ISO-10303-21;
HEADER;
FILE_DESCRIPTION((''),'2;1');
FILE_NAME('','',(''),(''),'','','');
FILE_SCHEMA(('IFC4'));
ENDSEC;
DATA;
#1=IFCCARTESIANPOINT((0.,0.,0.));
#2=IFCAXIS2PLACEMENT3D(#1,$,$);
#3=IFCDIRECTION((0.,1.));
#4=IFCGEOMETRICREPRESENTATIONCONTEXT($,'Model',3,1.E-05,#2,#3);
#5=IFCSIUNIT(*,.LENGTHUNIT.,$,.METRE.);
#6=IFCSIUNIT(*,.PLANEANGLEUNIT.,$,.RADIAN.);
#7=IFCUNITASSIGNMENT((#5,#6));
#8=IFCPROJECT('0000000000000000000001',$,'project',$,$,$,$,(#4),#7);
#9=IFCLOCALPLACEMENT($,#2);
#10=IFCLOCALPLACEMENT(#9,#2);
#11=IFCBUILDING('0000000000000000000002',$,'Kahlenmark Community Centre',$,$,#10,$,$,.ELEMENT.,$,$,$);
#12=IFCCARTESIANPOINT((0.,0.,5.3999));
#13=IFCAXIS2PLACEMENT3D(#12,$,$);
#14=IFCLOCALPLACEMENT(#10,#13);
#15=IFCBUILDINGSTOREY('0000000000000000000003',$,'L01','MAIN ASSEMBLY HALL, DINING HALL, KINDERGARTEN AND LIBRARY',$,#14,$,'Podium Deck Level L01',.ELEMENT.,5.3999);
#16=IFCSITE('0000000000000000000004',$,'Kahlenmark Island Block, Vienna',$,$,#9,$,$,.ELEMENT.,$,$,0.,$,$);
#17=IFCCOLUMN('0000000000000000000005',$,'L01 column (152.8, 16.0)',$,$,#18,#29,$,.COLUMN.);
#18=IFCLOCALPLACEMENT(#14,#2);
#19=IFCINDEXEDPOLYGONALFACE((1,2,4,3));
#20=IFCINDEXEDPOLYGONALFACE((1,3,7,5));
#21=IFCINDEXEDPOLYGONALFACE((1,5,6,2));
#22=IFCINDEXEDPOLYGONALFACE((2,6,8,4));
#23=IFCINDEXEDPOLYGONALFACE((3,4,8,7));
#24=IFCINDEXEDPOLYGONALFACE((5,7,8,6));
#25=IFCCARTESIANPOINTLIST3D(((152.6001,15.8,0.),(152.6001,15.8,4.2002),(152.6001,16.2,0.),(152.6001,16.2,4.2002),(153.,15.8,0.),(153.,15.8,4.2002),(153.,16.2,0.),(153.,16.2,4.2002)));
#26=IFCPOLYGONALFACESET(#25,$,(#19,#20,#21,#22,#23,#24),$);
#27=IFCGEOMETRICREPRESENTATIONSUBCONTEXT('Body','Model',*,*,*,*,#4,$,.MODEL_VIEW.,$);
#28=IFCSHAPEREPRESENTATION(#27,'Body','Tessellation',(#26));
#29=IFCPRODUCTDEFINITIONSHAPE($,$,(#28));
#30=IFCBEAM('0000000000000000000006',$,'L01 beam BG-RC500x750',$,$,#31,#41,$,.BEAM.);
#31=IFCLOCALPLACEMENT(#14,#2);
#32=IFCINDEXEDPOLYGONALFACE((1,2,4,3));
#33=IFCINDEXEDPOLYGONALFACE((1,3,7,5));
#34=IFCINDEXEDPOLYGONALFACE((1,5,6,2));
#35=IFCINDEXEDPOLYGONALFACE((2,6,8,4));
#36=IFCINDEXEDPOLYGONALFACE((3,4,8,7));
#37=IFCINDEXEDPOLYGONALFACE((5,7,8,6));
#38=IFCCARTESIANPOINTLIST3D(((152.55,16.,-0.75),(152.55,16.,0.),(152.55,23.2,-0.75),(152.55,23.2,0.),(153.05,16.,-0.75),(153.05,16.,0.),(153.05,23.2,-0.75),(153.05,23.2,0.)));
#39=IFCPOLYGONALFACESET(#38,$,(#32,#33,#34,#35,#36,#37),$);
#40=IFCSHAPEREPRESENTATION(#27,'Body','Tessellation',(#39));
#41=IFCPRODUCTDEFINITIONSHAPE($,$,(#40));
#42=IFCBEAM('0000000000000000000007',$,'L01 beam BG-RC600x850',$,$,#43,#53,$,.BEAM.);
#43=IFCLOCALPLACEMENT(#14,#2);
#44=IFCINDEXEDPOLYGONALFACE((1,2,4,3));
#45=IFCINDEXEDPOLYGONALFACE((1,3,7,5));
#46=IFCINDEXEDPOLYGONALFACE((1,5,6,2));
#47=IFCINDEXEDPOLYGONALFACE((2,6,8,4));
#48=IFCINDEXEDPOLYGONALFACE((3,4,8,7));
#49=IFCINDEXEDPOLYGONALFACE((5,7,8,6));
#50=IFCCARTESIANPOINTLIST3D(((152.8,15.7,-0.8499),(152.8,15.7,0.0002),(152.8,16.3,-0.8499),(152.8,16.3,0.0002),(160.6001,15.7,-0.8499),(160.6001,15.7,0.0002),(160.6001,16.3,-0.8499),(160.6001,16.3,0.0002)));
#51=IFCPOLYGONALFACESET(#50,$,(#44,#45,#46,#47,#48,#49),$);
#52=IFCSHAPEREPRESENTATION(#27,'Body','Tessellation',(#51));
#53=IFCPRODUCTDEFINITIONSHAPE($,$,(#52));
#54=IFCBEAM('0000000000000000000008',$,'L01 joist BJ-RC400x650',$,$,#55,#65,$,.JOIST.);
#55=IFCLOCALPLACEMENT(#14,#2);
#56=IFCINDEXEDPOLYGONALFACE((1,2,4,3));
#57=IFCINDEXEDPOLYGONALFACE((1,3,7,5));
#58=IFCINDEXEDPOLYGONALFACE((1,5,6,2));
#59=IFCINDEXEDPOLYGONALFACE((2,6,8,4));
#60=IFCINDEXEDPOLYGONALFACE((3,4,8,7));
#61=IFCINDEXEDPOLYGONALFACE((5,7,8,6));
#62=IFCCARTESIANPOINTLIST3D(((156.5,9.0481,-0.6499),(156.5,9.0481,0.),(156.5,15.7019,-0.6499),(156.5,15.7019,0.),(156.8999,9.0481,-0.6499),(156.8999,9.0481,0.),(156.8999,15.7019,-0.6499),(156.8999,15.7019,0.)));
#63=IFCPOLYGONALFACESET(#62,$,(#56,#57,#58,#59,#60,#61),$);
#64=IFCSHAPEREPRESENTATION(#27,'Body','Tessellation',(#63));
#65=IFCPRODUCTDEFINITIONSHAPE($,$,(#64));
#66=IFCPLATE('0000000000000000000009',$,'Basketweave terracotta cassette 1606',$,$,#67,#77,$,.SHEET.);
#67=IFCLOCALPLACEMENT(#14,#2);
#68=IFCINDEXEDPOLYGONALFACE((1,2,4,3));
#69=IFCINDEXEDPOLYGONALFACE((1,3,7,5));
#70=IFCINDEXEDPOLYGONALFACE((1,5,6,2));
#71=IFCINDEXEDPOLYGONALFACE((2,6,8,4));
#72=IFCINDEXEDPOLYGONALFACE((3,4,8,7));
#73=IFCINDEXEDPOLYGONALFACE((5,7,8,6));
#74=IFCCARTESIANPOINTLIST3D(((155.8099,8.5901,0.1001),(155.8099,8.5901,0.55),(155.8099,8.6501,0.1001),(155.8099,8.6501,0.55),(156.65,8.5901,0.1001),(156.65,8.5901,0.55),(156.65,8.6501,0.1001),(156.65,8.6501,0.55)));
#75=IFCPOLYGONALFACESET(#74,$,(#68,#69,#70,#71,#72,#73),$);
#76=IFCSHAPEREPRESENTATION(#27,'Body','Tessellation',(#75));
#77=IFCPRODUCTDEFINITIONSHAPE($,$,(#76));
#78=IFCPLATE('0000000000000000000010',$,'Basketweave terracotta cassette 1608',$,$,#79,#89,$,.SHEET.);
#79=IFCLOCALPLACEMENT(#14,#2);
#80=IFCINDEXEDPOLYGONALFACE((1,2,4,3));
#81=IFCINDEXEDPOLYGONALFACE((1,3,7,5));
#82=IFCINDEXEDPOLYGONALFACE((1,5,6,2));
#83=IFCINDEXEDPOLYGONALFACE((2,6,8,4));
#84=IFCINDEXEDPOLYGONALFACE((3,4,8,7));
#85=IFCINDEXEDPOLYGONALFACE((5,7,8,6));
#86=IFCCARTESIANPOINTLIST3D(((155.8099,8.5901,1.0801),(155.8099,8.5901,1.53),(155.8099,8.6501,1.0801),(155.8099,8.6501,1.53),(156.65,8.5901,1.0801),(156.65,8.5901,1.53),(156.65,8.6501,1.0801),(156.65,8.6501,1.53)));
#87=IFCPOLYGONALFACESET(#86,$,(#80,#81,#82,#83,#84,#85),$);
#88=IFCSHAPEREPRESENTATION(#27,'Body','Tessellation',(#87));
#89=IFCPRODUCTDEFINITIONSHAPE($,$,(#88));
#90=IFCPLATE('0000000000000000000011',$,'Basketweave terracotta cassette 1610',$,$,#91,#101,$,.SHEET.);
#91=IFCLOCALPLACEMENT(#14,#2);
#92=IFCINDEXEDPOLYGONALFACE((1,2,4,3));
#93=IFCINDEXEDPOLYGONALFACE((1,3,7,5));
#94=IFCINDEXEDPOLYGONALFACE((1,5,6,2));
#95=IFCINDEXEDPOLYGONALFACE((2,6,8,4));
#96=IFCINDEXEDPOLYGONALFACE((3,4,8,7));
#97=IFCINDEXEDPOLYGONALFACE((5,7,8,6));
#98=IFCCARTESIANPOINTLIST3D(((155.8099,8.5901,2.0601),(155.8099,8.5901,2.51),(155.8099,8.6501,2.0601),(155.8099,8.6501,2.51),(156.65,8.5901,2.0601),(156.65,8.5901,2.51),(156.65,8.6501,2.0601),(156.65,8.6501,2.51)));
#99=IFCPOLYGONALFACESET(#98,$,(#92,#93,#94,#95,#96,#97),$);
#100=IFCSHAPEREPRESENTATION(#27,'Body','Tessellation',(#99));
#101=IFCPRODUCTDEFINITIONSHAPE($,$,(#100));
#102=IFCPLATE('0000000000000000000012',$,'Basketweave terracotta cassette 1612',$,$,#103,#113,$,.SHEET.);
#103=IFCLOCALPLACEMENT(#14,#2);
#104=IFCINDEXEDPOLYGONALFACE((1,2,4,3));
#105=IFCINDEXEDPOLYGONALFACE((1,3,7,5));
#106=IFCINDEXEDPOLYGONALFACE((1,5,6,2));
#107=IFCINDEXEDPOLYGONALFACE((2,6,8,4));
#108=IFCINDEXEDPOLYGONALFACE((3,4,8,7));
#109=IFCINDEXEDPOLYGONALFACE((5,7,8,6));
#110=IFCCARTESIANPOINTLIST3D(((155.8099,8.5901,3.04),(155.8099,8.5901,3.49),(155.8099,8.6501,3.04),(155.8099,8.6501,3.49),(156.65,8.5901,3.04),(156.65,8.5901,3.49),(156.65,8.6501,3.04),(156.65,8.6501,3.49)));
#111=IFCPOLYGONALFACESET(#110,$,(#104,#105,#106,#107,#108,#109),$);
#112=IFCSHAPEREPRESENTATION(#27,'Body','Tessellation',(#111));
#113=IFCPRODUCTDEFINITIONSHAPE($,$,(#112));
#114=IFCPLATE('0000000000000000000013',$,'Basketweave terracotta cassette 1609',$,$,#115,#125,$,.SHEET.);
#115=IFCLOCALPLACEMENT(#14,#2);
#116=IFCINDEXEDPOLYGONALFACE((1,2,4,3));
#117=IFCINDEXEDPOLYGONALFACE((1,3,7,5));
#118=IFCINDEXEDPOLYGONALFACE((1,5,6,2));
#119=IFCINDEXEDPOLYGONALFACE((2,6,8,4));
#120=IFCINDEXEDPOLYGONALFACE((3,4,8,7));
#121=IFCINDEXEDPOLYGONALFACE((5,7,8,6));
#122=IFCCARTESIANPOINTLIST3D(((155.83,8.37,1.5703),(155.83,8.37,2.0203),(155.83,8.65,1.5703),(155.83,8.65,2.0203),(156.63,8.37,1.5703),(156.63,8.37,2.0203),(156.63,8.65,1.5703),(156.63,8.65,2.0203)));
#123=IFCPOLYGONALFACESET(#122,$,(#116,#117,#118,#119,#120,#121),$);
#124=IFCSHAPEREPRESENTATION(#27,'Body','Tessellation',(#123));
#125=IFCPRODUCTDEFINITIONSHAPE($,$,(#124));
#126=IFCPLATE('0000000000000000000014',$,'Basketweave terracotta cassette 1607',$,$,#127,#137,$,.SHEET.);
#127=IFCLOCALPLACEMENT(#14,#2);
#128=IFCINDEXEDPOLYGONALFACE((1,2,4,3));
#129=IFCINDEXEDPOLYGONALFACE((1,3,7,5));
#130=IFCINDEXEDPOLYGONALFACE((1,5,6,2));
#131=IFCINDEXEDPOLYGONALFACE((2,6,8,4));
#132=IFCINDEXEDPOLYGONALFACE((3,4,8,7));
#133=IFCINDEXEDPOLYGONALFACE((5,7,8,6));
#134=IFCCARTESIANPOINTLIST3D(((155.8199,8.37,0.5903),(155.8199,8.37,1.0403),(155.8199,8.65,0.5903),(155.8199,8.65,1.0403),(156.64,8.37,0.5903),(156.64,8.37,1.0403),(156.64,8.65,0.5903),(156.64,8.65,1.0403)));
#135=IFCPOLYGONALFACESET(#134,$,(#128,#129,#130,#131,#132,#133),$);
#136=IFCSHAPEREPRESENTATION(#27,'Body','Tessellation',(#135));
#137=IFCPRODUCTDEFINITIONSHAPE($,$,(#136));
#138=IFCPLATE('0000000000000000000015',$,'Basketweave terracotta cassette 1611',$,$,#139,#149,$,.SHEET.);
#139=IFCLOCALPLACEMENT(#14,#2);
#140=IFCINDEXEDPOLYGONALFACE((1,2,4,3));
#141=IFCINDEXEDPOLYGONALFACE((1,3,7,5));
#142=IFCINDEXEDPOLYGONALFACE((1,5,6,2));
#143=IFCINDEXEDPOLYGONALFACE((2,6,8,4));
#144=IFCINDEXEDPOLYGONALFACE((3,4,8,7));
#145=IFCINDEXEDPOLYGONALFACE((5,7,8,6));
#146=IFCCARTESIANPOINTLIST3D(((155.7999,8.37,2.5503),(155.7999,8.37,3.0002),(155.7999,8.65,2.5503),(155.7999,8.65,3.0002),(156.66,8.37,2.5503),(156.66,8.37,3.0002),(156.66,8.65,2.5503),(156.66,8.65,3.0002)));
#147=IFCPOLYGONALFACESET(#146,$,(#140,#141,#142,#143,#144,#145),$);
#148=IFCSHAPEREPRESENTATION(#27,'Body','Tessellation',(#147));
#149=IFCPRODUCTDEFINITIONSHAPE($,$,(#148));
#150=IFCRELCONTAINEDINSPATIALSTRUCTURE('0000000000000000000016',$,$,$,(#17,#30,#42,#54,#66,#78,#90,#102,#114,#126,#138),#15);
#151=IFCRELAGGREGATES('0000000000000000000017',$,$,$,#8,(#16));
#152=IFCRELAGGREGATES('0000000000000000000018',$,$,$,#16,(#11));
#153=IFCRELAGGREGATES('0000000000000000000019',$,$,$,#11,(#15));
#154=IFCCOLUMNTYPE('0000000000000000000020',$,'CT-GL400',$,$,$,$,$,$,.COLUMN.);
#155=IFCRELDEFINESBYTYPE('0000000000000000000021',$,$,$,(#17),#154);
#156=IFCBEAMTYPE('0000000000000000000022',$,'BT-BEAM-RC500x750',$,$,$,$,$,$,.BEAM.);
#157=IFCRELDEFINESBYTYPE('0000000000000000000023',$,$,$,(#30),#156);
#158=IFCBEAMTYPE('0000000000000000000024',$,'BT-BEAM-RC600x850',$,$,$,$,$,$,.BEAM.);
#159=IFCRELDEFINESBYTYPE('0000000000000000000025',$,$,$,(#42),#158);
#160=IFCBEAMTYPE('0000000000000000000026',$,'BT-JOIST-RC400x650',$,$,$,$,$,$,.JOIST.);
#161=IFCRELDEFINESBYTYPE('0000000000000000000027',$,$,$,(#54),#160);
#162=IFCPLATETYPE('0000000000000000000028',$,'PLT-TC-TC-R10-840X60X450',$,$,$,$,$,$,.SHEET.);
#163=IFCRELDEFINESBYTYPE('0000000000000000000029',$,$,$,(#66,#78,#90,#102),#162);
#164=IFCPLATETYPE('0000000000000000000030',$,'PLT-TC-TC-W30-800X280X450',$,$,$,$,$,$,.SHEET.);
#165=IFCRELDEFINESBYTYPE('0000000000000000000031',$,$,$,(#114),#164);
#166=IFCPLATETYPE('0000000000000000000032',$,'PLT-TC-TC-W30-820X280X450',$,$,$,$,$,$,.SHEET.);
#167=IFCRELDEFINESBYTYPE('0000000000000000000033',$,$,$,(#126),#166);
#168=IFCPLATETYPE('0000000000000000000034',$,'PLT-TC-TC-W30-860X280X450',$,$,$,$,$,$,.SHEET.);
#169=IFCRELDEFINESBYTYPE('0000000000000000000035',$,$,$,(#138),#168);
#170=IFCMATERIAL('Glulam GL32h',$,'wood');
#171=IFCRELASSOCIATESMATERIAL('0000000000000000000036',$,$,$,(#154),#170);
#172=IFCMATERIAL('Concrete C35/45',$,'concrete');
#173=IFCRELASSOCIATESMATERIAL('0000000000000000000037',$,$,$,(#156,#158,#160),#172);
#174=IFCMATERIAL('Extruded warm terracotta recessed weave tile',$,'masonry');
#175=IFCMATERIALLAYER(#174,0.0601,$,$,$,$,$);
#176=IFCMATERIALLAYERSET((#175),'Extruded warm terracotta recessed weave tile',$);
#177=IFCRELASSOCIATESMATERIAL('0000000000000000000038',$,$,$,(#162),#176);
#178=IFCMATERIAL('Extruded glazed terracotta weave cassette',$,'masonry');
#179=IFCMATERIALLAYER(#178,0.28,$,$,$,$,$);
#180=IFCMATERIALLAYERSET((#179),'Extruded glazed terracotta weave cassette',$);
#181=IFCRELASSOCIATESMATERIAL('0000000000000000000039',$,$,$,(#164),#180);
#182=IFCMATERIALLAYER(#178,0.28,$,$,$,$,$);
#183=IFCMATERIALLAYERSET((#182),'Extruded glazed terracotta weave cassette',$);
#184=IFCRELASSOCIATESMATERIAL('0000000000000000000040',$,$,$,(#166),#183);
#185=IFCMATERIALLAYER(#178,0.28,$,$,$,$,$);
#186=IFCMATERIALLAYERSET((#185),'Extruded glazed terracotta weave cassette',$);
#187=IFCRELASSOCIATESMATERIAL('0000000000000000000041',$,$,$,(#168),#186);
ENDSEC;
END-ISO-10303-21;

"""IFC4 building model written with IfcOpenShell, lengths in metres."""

from ifc_helpers import new_model, si_unit, direction, frame, origin, origin_2d, place, context, subcontext, project, spatial, rectangle, extrude, material, layer, layer_set, material_profile, profile_set, type_object, element, save


model = new_model("IFC4")

# Units and contexts
model_context = context("Model", 3, precision=1e-05, world=origin(), true_north=direction((0.0, 1.0)))
body_context = subcontext(model_context, "Body", "Model", "MODEL_VIEW")
ifc_project = project(units=[si_unit("LENGTHUNIT", "METRE"), si_unit("PLANEANGLEUNIT", "RADIAN")], contexts=[model_context])

# Site, building, storey
site_placement = place(None, origin())
site = spatial("IfcSite", under=ifc_project, at=site_placement, Name="Kahlenmark Island Block, Vienna", CompositionType="ELEMENT", RefElevation=0.0)
building_placement = place(site_placement, origin())
building = spatial("IfcBuilding", under=site, at=building_placement, Name="Kahlenmark Community Centre", CompositionType="ELEMENT")
storey_placement = place(building_placement, frame((0.0, 0.0, 5.3999)))
storey = spatial("IfcBuildingStorey", under=building, at=storey_placement, Name="L01", Description="MAIN ASSEMBLY HALL, DINING HALL, KINDERGARTEN AND LIBRARY", LongName="Podium Deck Level L01", CompositionType="ELEMENT", Elevation=5.3999)

# Column
ifc_material_1 = material(Name="Glulam GL32h", Category="wood")
ifc_material_profile_1 = material_profile(ifc_material_1, rectangle(XDim=0.3999, YDim=0.3999, at=origin_2d()), Name="GL32h 400x400")
ifc_profile_set_1 = profile_set([ifc_material_profile_1], Name="Glulam GL32h")
column_type = type_object("IfcColumnType", Name="CT-GL400", PredefinedType="COLUMN", material=ifc_profile_set_1)
column_placement = place(storey_placement, frame((152.8, 16.0, 0.0), z_axis=(0.0, 0.0, 1.0), x_axis=(1.0, 0.0, 0.0)))
element("IfcColumn", 1, at=column_placement, inside=storey, type_object=column_type, Name="L01 column (152.8, 16.0)", PredefinedType="COLUMN", context=body_context, shape_type="SweptSolid", body=[
    extrude(rectangle(XDim=0.3999, YDim=0.3999, at=origin_2d()), origin(), (0.0, 0.0, 1.0), 4.2002),
])

# Beams
ifc_material_2 = material(Name="Concrete C35/45", Category="concrete")
ifc_material_profile_2 = material_profile(ifc_material_2, rectangle(XDim=0.5, YDim=0.75, at=origin_2d()), Name="RC 500x750")
ifc_profile_set_2 = profile_set([ifc_material_profile_2], Name="Concrete C35/45")
beam_type_1 = type_object("IfcBeamType", Name="BT-BEAM-RC500x750", PredefinedType="BEAM", material=ifc_profile_set_2)
beam_1_placement = place(storey_placement, frame((152.8, 16.0, -0.375), z_axis=(0.0, 1.0, 0.0), x_axis=(-1.0, 0.0, 0.0)))
element("IfcBeam", 2, at=beam_1_placement, inside=storey, type_object=beam_type_1, Name="L01 beam BG-RC500x750", PredefinedType="BEAM", context=body_context, shape_type="SweptSolid", body=[
    extrude(rectangle(XDim=0.5, YDim=0.75, at=origin_2d()), origin(), (0.0, 0.0, 1.0), 7.2),
])
ifc_material_profile_3 = material_profile(ifc_material_2, rectangle(XDim=0.6001, YDim=0.8501, at=origin_2d()), Name="RC 600x850")
ifc_profile_set_3 = profile_set([ifc_material_profile_3], Name="Concrete C35/45")
beam_type_2 = type_object("IfcBeamType", Name="BT-BEAM-RC600x850", PredefinedType="BEAM", material=ifc_profile_set_3)
beam_2_placement = place(storey_placement, frame((152.8, 16.0, -0.4248), z_axis=(1.0, 0.0, 0.0), x_axis=(0.0, 1.0, 0.0)))
element("IfcBeam", 3, at=beam_2_placement, inside=storey, type_object=beam_type_2, Name="L01 beam BG-RC600x850", PredefinedType="BEAM", context=body_context, shape_type="SweptSolid", body=[
    extrude(rectangle(XDim=0.6001, YDim=0.8501, at=origin_2d()), origin(), (0.0, 0.0, 1.0), 7.8),
])
ifc_material_profile_4 = material_profile(ifc_material_2, rectangle(XDim=0.3999, YDim=0.6499, at=origin_2d()), Name="RC 400x650")
ifc_profile_set_4 = profile_set([ifc_material_profile_4], Name="Concrete C35/45")
beam_type_3 = type_object("IfcBeamType", Name="BT-JOIST-RC400x650", PredefinedType="JOIST", material=ifc_profile_set_4)
beam_3_placement = place(storey_placement, frame((156.7, 9.0481, -0.325), z_axis=(0.0, 1.0, 0.0), x_axis=(-1.0, 0.0, 0.0)))
element("IfcBeam", 4, at=beam_3_placement, inside=storey, type_object=beam_type_3, Name="L01 joist BJ-RC400x650", PredefinedType="JOIST", context=body_context, shape_type="SweptSolid", body=[
    extrude(rectangle(XDim=0.3999, YDim=0.6499, at=origin_2d()), origin(), (0.0, 0.0, 1.0), 6.6538),
])

# Plates
ifc_material_3 = material(Name="Extruded warm terracotta recessed weave tile", Category="masonry")
ifc_layer_1 = layer(ifc_material_3, 0.0601)
ifc_layer_set_1 = layer_set([ifc_layer_1], Name="Extruded warm terracotta recessed weave tile")
plate_type_1 = type_object("IfcPlateType", Name="PLT-TC-TC-R10-840X60X450", PredefinedType="SHEET", material=ifc_layer_set_1)
for number, where, z_axis, x_axis, name in (
    (5, (156.23, 8.6201, 0.1001), (0.0, 0.0, 1.0), (1.0, 0.0, 0.0), "Basketweave terracotta cassette 1606"),
    (6, (156.23, 8.6201, 1.0801), (0.0, 0.0, 1.0), (1.0, 0.0, 0.0), "Basketweave terracotta cassette 1608"),
    (7, (156.23, 8.6201, 2.0601), (0.0, 0.0, 1.0), (1.0, 0.0, 0.0), "Basketweave terracotta cassette 1610"),
    (8, (156.23, 8.6201, 3.04), (0.0, 0.0, 1.0), (1.0, 0.0, 0.0), "Basketweave terracotta cassette 1612"),
):
    element("IfcPlate", number, at=place(storey_placement, frame(where, z_axis=z_axis, x_axis=x_axis)), inside=storey, type_object=plate_type_1, Name=name, PredefinedType="SHEET", context=body_context, shape_type="SweptSolid", body=[
        extrude(rectangle(XDim=0.8401, YDim=0.0601, at=origin_2d()), origin(), (0.0, 0.0, 1.0), 0.45),
    ])
ifc_material_4 = material(Name="Extruded glazed terracotta weave cassette", Category="masonry")
ifc_layer_2 = layer(ifc_material_4, 0.28)
ifc_layer_set_2 = layer_set([ifc_layer_2], Name="Extruded glazed terracotta weave cassette")
plate_type_2 = type_object("IfcPlateType", Name="PLT-TC-TC-W30-800X280X450", PredefinedType="SHEET", material=ifc_layer_set_2)
plate_1_placement = place(storey_placement, frame((156.23, 8.51, 1.5703), z_axis=(0.0, 0.0, 1.0), x_axis=(1.0, 0.0, 0.0)))
element("IfcPlate", 9, at=plate_1_placement, inside=storey, type_object=plate_type_2, Name="Basketweave terracotta cassette 1609", PredefinedType="SHEET", context=body_context, shape_type="SweptSolid", body=[
    extrude(rectangle(XDim=0.8, YDim=0.28, at=origin_2d()), origin(), (0.0, 0.0, 1.0), 0.45),
])
ifc_layer_3 = layer(ifc_material_4, 0.28)
ifc_layer_set_3 = layer_set([ifc_layer_3], Name="Extruded glazed terracotta weave cassette")
plate_type_3 = type_object("IfcPlateType", Name="PLT-TC-TC-W30-820X280X450", PredefinedType="SHEET", material=ifc_layer_set_3)
plate_2_placement = place(storey_placement, frame((156.23, 8.51, 0.5903), z_axis=(0.0, 0.0, 1.0), x_axis=(1.0, 0.0, 0.0)))
element("IfcPlate", 10, at=plate_2_placement, inside=storey, type_object=plate_type_3, Name="Basketweave terracotta cassette 1607", PredefinedType="SHEET", context=body_context, shape_type="SweptSolid", body=[
    extrude(rectangle(XDim=0.8201, YDim=0.28, at=origin_2d()), origin(), (0.0, 0.0, 1.0), 0.45),
])
ifc_layer_4 = layer(ifc_material_4, 0.28)
ifc_layer_set_4 = layer_set([ifc_layer_4], Name="Extruded glazed terracotta weave cassette")
plate_type_4 = type_object("IfcPlateType", Name="PLT-TC-TC-W30-860X280X450", PredefinedType="SHEET", material=ifc_layer_set_4)
plate_3_placement = place(storey_placement, frame((156.23, 8.51, 2.5503), z_axis=(0.0, 0.0, 1.0), x_axis=(1.0, 0.0, 0.0)))
element("IfcPlate", 11, at=plate_3_placement, inside=storey, type_object=plate_type_4, Name="Basketweave terracotta cassette 1611", PredefinedType="SHEET", context=body_context, shape_type="SweptSolid", body=[
    extrude(rectangle(XDim=0.8601, YDim=0.28, at=origin_2d()), origin(), (0.0, 0.0, 1.0), 0.45),
])

save(model, "model.ifc")
